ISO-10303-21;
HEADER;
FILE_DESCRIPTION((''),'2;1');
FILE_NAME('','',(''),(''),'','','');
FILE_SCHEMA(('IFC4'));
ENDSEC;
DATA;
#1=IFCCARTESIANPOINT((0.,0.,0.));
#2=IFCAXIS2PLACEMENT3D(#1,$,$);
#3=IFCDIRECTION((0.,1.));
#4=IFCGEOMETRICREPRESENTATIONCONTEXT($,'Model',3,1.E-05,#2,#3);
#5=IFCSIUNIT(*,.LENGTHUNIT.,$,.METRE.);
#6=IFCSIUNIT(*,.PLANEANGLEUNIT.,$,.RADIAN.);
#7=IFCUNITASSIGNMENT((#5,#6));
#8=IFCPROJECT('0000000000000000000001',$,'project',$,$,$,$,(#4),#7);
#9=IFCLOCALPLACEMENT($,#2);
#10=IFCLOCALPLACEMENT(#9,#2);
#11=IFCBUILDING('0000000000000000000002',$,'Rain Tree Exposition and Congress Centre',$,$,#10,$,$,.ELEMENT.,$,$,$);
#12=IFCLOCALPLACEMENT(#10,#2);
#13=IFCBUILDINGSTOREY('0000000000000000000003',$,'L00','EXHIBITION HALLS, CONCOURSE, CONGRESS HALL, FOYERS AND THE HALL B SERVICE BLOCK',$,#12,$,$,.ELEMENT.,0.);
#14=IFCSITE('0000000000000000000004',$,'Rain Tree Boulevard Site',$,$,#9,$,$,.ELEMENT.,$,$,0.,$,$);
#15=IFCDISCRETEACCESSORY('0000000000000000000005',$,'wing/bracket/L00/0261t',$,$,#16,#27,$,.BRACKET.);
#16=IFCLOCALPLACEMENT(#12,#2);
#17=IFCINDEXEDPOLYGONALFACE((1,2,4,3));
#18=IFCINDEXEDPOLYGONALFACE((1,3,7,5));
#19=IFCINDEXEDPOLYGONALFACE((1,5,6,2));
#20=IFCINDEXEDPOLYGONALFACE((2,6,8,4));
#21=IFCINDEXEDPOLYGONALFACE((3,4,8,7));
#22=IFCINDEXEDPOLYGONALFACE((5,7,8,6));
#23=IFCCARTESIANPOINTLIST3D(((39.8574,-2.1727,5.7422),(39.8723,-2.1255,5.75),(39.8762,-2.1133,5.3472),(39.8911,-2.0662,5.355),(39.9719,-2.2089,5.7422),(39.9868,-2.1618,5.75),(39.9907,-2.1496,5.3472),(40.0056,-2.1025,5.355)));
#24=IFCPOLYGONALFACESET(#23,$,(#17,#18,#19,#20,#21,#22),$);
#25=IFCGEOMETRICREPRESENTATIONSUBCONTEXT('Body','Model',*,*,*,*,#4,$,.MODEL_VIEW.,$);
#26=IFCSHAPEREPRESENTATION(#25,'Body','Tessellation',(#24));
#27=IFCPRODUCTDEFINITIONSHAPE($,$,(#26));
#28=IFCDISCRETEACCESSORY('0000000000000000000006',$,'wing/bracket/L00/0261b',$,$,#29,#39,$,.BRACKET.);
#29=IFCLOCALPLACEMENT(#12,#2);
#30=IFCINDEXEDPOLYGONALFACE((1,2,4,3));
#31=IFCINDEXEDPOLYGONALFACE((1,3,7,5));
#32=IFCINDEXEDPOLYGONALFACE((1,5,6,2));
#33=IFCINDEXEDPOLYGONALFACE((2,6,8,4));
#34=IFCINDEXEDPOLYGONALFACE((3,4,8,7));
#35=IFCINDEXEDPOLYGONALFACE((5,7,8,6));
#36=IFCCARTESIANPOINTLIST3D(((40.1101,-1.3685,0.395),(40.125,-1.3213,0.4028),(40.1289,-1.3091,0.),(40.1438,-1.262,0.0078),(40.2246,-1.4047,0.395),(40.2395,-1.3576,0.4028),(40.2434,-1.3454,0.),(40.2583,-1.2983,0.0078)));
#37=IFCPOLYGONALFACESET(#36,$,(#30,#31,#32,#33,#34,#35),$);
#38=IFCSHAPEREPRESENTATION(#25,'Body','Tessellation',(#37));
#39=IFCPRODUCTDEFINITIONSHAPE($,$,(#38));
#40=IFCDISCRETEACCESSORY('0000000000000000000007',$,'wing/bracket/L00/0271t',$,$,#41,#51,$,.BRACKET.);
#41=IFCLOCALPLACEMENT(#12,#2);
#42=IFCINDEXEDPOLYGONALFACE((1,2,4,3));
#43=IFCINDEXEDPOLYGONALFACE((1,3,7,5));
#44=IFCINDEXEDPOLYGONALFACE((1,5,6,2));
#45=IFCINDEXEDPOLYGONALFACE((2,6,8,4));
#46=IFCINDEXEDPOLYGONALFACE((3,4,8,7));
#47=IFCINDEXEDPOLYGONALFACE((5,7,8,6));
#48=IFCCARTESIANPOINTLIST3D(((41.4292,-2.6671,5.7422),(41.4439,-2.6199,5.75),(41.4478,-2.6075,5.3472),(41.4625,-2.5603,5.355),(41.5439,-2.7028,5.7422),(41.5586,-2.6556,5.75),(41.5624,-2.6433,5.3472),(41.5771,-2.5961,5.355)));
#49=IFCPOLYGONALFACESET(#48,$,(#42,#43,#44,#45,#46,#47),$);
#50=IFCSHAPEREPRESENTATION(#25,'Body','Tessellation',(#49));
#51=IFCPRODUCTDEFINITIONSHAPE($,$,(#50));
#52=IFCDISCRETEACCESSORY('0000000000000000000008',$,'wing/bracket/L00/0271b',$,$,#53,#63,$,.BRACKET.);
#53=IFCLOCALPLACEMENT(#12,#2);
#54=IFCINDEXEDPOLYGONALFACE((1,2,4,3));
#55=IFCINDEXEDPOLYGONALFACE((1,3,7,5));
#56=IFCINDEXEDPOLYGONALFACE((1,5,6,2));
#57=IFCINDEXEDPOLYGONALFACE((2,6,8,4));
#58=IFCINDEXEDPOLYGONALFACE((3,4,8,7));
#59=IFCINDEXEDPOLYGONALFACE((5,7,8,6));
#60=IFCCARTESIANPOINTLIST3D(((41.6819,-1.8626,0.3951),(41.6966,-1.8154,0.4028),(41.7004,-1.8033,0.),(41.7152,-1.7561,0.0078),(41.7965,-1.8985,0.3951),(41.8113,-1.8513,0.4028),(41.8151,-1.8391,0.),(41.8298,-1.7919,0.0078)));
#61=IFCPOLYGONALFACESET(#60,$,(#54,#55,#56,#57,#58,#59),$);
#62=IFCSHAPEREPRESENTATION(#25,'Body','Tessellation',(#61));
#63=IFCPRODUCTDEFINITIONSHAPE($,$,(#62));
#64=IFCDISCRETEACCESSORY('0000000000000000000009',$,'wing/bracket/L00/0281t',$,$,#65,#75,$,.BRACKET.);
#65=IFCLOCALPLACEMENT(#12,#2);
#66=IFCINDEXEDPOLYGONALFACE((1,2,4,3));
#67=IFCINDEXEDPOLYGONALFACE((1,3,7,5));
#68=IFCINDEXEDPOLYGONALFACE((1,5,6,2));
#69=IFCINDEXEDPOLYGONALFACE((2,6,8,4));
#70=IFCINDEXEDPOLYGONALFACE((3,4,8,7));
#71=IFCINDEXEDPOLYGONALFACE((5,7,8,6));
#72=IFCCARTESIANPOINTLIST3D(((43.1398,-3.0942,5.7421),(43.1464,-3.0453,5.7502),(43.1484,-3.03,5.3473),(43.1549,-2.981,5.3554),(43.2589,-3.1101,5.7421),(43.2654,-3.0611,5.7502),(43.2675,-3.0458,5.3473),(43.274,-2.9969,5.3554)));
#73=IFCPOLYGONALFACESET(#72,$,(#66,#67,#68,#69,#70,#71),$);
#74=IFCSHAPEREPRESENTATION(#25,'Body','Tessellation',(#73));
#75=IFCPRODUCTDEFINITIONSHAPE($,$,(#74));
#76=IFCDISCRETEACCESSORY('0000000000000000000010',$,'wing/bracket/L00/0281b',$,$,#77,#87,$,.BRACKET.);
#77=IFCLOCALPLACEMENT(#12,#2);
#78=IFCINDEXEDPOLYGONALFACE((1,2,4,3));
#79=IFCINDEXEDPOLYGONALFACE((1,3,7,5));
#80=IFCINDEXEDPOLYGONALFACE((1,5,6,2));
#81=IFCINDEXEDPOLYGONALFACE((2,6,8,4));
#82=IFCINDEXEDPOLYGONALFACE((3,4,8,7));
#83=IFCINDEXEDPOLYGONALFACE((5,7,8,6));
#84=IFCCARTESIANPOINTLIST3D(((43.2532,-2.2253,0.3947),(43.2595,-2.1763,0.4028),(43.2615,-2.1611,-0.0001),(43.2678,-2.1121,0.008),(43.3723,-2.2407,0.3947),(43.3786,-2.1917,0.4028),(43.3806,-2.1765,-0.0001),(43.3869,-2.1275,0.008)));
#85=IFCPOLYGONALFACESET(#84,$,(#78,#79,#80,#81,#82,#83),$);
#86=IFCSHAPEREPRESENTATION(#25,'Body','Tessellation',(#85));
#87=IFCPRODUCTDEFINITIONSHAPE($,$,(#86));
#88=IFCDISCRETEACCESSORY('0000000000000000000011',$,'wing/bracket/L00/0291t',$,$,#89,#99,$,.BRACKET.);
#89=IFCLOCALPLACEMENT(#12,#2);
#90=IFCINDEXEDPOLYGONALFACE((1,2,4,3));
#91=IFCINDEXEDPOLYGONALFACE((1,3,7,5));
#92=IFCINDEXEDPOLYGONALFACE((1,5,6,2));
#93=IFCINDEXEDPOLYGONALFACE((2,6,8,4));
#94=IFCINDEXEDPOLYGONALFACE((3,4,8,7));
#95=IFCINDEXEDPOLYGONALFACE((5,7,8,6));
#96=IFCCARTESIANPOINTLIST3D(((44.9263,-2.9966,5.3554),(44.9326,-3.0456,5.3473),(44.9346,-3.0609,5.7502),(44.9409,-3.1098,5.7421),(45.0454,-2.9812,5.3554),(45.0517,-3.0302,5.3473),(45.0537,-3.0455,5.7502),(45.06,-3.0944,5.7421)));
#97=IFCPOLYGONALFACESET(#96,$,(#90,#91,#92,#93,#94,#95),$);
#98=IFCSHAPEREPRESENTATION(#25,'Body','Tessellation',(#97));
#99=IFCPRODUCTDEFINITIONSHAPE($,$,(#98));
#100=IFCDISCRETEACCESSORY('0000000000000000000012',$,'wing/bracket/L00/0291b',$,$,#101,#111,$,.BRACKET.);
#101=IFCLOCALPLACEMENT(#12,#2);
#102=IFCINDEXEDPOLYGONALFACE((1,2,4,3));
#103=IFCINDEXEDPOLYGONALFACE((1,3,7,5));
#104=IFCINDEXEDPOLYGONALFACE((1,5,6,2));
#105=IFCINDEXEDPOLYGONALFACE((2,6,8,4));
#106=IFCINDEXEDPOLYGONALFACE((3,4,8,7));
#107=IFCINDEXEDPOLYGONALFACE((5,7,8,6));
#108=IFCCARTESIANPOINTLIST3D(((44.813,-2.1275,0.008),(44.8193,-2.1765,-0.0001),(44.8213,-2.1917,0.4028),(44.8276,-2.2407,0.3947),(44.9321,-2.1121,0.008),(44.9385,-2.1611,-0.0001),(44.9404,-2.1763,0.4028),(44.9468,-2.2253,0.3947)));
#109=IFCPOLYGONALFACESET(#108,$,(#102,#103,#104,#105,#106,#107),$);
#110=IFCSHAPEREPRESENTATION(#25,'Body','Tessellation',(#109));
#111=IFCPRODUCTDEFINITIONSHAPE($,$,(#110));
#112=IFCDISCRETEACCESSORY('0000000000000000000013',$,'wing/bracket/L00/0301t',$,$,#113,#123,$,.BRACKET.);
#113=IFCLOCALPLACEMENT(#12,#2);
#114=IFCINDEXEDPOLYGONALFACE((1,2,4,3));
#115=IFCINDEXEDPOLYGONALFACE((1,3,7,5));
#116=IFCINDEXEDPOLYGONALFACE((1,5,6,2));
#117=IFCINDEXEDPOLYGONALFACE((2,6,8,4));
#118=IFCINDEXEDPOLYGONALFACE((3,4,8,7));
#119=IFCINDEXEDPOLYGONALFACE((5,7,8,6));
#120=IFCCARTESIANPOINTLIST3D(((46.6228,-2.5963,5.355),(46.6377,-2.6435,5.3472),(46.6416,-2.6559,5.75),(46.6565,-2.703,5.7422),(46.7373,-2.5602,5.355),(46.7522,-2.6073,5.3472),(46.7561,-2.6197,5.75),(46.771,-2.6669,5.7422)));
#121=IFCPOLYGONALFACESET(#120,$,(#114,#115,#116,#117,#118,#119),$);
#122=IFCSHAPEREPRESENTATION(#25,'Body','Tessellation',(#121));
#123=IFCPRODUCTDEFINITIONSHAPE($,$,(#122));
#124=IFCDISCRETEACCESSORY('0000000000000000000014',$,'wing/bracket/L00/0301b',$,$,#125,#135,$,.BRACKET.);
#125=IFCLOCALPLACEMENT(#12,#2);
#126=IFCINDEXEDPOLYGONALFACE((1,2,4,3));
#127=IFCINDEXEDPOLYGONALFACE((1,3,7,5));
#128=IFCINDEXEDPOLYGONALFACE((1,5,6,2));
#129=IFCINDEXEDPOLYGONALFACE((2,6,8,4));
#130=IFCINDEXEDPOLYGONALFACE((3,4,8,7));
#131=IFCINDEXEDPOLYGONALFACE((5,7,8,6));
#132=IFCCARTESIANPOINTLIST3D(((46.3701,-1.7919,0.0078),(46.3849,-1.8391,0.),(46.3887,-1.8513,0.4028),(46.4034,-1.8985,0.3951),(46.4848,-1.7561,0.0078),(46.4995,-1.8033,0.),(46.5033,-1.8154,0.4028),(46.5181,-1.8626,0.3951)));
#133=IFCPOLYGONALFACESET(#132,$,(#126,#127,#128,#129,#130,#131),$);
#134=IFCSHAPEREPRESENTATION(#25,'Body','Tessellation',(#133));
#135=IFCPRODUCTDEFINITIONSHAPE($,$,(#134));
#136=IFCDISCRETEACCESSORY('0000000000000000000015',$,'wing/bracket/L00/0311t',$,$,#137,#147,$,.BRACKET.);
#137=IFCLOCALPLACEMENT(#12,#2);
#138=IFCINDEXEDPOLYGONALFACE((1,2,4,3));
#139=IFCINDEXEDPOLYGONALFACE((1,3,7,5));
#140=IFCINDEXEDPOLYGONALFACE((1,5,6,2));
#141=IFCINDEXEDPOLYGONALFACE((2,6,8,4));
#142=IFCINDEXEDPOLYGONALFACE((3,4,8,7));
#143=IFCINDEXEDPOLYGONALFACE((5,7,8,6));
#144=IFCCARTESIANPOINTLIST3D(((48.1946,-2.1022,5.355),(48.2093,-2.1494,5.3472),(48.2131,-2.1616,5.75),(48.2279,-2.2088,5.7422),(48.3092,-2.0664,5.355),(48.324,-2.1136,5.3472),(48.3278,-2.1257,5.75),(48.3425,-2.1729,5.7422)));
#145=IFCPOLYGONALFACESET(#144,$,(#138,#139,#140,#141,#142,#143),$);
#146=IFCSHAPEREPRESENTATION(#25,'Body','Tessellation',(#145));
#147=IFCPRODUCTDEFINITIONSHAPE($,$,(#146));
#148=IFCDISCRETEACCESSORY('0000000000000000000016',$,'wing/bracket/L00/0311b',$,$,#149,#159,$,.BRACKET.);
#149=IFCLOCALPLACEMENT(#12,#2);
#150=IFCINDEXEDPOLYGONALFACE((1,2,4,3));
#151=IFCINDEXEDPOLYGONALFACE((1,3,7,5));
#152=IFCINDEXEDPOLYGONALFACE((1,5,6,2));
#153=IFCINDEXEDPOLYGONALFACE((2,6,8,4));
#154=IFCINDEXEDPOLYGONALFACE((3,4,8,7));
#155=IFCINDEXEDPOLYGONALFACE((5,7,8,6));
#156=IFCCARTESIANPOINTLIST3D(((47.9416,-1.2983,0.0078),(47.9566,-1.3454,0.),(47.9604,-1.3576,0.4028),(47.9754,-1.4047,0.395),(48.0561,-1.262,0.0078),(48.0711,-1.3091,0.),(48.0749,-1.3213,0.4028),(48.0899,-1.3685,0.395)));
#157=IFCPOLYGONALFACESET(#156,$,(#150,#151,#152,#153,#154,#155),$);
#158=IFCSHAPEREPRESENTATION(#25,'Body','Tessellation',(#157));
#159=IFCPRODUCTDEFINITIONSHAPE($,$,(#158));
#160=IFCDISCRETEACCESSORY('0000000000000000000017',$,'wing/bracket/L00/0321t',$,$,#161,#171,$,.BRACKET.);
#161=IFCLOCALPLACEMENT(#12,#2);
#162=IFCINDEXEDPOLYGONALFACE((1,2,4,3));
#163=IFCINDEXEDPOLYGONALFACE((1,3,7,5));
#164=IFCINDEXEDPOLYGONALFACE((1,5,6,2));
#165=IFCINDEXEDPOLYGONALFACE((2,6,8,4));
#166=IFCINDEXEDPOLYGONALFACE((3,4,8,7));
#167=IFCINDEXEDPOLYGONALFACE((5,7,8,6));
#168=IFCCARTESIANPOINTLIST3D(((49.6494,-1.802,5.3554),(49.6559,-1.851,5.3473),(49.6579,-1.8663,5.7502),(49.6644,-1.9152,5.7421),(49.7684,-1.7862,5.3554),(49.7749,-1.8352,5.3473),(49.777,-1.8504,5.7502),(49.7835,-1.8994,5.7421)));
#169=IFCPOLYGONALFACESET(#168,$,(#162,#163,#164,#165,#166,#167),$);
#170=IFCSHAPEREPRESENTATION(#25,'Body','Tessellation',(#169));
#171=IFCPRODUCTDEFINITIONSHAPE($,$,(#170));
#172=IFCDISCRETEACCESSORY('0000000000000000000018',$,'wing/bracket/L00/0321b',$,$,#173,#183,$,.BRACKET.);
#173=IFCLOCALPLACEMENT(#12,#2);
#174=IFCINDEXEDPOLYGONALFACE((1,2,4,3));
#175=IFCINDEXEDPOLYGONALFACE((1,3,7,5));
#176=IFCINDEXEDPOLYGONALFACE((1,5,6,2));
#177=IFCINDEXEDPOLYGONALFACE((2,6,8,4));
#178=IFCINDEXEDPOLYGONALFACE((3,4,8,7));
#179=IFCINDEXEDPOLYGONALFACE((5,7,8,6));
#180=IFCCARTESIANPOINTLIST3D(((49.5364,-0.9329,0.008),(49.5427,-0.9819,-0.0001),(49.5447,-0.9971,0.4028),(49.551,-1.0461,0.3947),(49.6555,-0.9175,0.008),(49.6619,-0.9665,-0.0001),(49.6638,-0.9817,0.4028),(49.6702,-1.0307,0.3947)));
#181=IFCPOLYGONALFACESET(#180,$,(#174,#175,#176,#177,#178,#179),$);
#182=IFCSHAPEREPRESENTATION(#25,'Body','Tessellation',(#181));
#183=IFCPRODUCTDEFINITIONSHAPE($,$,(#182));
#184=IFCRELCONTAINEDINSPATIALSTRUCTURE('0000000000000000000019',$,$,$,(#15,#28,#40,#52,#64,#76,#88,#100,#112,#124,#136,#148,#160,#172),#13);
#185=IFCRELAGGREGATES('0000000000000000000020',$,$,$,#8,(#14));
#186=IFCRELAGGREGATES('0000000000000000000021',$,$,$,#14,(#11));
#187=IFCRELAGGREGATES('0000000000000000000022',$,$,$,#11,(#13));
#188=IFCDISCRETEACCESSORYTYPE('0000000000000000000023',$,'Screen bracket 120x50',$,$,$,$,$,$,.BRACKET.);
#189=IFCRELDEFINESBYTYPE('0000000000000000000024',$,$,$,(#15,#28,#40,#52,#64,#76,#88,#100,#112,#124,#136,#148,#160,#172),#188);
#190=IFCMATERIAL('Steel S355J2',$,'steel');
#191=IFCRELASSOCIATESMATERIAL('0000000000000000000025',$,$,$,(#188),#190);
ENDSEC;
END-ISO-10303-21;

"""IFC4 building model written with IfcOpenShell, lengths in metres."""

from ifc_helpers import new_model, si_unit, direction, frame, origin, origin_2d, place, context, subcontext, project, spatial, rectangle, extrude, material, material_profile, profile_set, type_object, element, save


model = new_model("IFC4")

# Units and contexts
model_context = context("Model", 3, precision=1e-05, world=origin(), true_north=direction((0.0, 1.0)))
body_context = subcontext(model_context, "Body", "Model", "MODEL_VIEW")
ifc_project = project(units=[si_unit("LENGTHUNIT", "METRE"), si_unit("PLANEANGLEUNIT", "RADIAN")], contexts=[model_context])

# Site, building, storey
site_placement = place(None, origin())
site = spatial("IfcSite", under=ifc_project, at=site_placement, Name="Rain Tree Boulevard Site", CompositionType="ELEMENT", RefElevation=0.0)
building_placement = place(site_placement, origin())
building = spatial("IfcBuilding", under=site, at=building_placement, Name="Rain Tree Exposition and Congress Centre", CompositionType="ELEMENT")
storey_placement = place(building_placement, origin())
storey = spatial("IfcBuildingStorey", under=building, at=storey_placement, Name="L00", Description="EXHIBITION HALLS, CONCOURSE, CONGRESS HALL, FOYERS AND THE HALL B SERVICE BLOCK", CompositionType="ELEMENT", Elevation=0.0)

# Discrete accessories
ifc_material_1 = material(Name="Steel S355J2", Category="steel")
ifc_material_profile_1 = material_profile(ifc_material_1, rectangle(XDim=0.1201, YDim=0.05, at=origin_2d()), Name="Flat bar 120x50")
ifc_profile_set_1 = profile_set([ifc_material_profile_1], Name="Steel S355J2")
discrete_accessory_type = type_object("IfcDiscreteAccessoryType", Name="Screen bracket 120x50", PredefinedType="BRACKET", material=ifc_profile_set_1)
for number, where, z_axis, x_axis, name in (
    (1, (39.9409, -2.1079, 5.3511), (-0.04701, -0.148356, 0.987816), (0.953286, -0.30207, 0.0), "wing/bracket/L00/0261t"),
    (2, (40.1936, -1.3037, 0.0039), (-0.04701, -0.148356, 0.987816), (0.953286, -0.30207, 0.0), "wing/bracket/L00/0261b"),
    (3, (41.5125, -2.6018, 5.3511), (-0.046396, -0.148957, 0.987755), (0.954758, -0.297384, 0.0), "wing/bracket/L00/0271t"),
    (4, (41.7651, -1.7976, 0.0039), (-0.046401, -0.14836, 0.987844), (0.95441, -0.298499, 0.0), "wing/bracket/L00/0271b"),
):
    element("IfcDiscreteAccessory", number, at=place(storey_placement, frame(where, z_axis=z_axis, x_axis=x_axis)), inside=storey, type_object=discrete_accessory_type, Name=name, PredefinedType="BRACKET", context=body_context, shape_type="SweptSolid", body=[
        extrude(rectangle(XDim=0.1201, YDim=0.05, at=origin_2d()), origin(), (0.0, 0.0, 1.0), 0.3999),
    ])
for number, where, z_axis, x_axis, name in (
    (5, (43.2112, -3.0134, 5.3513), (-0.021359, -0.160501, 0.986805), (0.991261, -0.131917, 0.0), "wing/bracket/L00/0281t"),
    (6, (43.3242, -2.1443, 0.0039), (-0.020749, -0.160503, 0.986817), (0.991747, -0.128211, 0.0), "wing/bracket/L00/0281b"),
    (7, (44.989, -3.0134, 5.3513), (0.020749, -0.160503, 0.986817), (0.991747, 0.128211, 0.0), "wing/bracket/L00/0291t"),
    (8, (44.8757, -2.1443, 0.0039), (0.020749, -0.160503, 0.986817), (0.991747, 0.128211, 0.0), "wing/bracket/L00/0291b"),
):
    element("IfcDiscreteAccessory", number, at=place(storey_placement, frame(where, z_axis=z_axis, x_axis=x_axis)), inside=storey, type_object=discrete_accessory_type, Name=name, PredefinedType="BRACKET", context=body_context, shape_type="SweptSolid", body=[
        extrude(rectangle(XDim=0.1201, YDim=0.05, at=origin_2d()), origin(), (0.0, 0.0, 1.0), 0.4001),
    ])
for number, where, z_axis, x_axis, name in (
    (9, (46.6875, -2.6018, 5.3511), (0.047006, -0.148953, 0.987726), (0.953642, 0.300944, 0.0), "wing/bracket/L00/0301t"),
    (10, (46.4348, -1.7976, 0.0039), (0.046401, -0.14836, 0.987844), (0.95441, 0.298499, 0.0), "wing/bracket/L00/0301b"),
    (11, (48.2593, -2.1079, 5.3511), (0.046401, -0.14836, 0.987844), (0.95441, 0.298499, 0.0), "wing/bracket/L00/0311t"),
    (12, (48.0063, -1.3037, 0.0039), (0.04701, -0.148356, 0.987816), (0.953286, 0.30207, 0.0), "wing/bracket/L00/0311b"),
):
    element("IfcDiscreteAccessory", number, at=place(storey_placement, frame(where, z_axis=z_axis, x_axis=x_axis)), inside=storey, type_object=discrete_accessory_type, Name=name, PredefinedType="BRACKET", context=body_context, shape_type="SweptSolid", body=[
        extrude(rectangle(XDim=0.1201, YDim=0.05, at=origin_2d()), origin(), (0.0, 0.0, 1.0), 0.3999),
    ])
for number, where, z_axis, x_axis, name in (
    (13, (49.7122, -1.8186, 5.3513), (0.021359, -0.160501, 0.986805), (0.991261, 0.131917, 0.0), "wing/bracket/L00/0321t"),
    (14, (49.5991, -0.9497, 0.0039), (0.020749, -0.160503, 0.986817), (0.991747, 0.128211, 0.0), "wing/bracket/L00/0321b"),
):
    element("IfcDiscreteAccessory", number, at=place(storey_placement, frame(where, z_axis=z_axis, x_axis=x_axis)), inside=storey, type_object=discrete_accessory_type, Name=name, PredefinedType="BRACKET", context=body_context, shape_type="SweptSolid", body=[
        extrude(rectangle(XDim=0.1201, YDim=0.05, at=origin_2d()), origin(), (0.0, 0.0, 1.0), 0.4001),
    ])

save(model, "model.ifc")
